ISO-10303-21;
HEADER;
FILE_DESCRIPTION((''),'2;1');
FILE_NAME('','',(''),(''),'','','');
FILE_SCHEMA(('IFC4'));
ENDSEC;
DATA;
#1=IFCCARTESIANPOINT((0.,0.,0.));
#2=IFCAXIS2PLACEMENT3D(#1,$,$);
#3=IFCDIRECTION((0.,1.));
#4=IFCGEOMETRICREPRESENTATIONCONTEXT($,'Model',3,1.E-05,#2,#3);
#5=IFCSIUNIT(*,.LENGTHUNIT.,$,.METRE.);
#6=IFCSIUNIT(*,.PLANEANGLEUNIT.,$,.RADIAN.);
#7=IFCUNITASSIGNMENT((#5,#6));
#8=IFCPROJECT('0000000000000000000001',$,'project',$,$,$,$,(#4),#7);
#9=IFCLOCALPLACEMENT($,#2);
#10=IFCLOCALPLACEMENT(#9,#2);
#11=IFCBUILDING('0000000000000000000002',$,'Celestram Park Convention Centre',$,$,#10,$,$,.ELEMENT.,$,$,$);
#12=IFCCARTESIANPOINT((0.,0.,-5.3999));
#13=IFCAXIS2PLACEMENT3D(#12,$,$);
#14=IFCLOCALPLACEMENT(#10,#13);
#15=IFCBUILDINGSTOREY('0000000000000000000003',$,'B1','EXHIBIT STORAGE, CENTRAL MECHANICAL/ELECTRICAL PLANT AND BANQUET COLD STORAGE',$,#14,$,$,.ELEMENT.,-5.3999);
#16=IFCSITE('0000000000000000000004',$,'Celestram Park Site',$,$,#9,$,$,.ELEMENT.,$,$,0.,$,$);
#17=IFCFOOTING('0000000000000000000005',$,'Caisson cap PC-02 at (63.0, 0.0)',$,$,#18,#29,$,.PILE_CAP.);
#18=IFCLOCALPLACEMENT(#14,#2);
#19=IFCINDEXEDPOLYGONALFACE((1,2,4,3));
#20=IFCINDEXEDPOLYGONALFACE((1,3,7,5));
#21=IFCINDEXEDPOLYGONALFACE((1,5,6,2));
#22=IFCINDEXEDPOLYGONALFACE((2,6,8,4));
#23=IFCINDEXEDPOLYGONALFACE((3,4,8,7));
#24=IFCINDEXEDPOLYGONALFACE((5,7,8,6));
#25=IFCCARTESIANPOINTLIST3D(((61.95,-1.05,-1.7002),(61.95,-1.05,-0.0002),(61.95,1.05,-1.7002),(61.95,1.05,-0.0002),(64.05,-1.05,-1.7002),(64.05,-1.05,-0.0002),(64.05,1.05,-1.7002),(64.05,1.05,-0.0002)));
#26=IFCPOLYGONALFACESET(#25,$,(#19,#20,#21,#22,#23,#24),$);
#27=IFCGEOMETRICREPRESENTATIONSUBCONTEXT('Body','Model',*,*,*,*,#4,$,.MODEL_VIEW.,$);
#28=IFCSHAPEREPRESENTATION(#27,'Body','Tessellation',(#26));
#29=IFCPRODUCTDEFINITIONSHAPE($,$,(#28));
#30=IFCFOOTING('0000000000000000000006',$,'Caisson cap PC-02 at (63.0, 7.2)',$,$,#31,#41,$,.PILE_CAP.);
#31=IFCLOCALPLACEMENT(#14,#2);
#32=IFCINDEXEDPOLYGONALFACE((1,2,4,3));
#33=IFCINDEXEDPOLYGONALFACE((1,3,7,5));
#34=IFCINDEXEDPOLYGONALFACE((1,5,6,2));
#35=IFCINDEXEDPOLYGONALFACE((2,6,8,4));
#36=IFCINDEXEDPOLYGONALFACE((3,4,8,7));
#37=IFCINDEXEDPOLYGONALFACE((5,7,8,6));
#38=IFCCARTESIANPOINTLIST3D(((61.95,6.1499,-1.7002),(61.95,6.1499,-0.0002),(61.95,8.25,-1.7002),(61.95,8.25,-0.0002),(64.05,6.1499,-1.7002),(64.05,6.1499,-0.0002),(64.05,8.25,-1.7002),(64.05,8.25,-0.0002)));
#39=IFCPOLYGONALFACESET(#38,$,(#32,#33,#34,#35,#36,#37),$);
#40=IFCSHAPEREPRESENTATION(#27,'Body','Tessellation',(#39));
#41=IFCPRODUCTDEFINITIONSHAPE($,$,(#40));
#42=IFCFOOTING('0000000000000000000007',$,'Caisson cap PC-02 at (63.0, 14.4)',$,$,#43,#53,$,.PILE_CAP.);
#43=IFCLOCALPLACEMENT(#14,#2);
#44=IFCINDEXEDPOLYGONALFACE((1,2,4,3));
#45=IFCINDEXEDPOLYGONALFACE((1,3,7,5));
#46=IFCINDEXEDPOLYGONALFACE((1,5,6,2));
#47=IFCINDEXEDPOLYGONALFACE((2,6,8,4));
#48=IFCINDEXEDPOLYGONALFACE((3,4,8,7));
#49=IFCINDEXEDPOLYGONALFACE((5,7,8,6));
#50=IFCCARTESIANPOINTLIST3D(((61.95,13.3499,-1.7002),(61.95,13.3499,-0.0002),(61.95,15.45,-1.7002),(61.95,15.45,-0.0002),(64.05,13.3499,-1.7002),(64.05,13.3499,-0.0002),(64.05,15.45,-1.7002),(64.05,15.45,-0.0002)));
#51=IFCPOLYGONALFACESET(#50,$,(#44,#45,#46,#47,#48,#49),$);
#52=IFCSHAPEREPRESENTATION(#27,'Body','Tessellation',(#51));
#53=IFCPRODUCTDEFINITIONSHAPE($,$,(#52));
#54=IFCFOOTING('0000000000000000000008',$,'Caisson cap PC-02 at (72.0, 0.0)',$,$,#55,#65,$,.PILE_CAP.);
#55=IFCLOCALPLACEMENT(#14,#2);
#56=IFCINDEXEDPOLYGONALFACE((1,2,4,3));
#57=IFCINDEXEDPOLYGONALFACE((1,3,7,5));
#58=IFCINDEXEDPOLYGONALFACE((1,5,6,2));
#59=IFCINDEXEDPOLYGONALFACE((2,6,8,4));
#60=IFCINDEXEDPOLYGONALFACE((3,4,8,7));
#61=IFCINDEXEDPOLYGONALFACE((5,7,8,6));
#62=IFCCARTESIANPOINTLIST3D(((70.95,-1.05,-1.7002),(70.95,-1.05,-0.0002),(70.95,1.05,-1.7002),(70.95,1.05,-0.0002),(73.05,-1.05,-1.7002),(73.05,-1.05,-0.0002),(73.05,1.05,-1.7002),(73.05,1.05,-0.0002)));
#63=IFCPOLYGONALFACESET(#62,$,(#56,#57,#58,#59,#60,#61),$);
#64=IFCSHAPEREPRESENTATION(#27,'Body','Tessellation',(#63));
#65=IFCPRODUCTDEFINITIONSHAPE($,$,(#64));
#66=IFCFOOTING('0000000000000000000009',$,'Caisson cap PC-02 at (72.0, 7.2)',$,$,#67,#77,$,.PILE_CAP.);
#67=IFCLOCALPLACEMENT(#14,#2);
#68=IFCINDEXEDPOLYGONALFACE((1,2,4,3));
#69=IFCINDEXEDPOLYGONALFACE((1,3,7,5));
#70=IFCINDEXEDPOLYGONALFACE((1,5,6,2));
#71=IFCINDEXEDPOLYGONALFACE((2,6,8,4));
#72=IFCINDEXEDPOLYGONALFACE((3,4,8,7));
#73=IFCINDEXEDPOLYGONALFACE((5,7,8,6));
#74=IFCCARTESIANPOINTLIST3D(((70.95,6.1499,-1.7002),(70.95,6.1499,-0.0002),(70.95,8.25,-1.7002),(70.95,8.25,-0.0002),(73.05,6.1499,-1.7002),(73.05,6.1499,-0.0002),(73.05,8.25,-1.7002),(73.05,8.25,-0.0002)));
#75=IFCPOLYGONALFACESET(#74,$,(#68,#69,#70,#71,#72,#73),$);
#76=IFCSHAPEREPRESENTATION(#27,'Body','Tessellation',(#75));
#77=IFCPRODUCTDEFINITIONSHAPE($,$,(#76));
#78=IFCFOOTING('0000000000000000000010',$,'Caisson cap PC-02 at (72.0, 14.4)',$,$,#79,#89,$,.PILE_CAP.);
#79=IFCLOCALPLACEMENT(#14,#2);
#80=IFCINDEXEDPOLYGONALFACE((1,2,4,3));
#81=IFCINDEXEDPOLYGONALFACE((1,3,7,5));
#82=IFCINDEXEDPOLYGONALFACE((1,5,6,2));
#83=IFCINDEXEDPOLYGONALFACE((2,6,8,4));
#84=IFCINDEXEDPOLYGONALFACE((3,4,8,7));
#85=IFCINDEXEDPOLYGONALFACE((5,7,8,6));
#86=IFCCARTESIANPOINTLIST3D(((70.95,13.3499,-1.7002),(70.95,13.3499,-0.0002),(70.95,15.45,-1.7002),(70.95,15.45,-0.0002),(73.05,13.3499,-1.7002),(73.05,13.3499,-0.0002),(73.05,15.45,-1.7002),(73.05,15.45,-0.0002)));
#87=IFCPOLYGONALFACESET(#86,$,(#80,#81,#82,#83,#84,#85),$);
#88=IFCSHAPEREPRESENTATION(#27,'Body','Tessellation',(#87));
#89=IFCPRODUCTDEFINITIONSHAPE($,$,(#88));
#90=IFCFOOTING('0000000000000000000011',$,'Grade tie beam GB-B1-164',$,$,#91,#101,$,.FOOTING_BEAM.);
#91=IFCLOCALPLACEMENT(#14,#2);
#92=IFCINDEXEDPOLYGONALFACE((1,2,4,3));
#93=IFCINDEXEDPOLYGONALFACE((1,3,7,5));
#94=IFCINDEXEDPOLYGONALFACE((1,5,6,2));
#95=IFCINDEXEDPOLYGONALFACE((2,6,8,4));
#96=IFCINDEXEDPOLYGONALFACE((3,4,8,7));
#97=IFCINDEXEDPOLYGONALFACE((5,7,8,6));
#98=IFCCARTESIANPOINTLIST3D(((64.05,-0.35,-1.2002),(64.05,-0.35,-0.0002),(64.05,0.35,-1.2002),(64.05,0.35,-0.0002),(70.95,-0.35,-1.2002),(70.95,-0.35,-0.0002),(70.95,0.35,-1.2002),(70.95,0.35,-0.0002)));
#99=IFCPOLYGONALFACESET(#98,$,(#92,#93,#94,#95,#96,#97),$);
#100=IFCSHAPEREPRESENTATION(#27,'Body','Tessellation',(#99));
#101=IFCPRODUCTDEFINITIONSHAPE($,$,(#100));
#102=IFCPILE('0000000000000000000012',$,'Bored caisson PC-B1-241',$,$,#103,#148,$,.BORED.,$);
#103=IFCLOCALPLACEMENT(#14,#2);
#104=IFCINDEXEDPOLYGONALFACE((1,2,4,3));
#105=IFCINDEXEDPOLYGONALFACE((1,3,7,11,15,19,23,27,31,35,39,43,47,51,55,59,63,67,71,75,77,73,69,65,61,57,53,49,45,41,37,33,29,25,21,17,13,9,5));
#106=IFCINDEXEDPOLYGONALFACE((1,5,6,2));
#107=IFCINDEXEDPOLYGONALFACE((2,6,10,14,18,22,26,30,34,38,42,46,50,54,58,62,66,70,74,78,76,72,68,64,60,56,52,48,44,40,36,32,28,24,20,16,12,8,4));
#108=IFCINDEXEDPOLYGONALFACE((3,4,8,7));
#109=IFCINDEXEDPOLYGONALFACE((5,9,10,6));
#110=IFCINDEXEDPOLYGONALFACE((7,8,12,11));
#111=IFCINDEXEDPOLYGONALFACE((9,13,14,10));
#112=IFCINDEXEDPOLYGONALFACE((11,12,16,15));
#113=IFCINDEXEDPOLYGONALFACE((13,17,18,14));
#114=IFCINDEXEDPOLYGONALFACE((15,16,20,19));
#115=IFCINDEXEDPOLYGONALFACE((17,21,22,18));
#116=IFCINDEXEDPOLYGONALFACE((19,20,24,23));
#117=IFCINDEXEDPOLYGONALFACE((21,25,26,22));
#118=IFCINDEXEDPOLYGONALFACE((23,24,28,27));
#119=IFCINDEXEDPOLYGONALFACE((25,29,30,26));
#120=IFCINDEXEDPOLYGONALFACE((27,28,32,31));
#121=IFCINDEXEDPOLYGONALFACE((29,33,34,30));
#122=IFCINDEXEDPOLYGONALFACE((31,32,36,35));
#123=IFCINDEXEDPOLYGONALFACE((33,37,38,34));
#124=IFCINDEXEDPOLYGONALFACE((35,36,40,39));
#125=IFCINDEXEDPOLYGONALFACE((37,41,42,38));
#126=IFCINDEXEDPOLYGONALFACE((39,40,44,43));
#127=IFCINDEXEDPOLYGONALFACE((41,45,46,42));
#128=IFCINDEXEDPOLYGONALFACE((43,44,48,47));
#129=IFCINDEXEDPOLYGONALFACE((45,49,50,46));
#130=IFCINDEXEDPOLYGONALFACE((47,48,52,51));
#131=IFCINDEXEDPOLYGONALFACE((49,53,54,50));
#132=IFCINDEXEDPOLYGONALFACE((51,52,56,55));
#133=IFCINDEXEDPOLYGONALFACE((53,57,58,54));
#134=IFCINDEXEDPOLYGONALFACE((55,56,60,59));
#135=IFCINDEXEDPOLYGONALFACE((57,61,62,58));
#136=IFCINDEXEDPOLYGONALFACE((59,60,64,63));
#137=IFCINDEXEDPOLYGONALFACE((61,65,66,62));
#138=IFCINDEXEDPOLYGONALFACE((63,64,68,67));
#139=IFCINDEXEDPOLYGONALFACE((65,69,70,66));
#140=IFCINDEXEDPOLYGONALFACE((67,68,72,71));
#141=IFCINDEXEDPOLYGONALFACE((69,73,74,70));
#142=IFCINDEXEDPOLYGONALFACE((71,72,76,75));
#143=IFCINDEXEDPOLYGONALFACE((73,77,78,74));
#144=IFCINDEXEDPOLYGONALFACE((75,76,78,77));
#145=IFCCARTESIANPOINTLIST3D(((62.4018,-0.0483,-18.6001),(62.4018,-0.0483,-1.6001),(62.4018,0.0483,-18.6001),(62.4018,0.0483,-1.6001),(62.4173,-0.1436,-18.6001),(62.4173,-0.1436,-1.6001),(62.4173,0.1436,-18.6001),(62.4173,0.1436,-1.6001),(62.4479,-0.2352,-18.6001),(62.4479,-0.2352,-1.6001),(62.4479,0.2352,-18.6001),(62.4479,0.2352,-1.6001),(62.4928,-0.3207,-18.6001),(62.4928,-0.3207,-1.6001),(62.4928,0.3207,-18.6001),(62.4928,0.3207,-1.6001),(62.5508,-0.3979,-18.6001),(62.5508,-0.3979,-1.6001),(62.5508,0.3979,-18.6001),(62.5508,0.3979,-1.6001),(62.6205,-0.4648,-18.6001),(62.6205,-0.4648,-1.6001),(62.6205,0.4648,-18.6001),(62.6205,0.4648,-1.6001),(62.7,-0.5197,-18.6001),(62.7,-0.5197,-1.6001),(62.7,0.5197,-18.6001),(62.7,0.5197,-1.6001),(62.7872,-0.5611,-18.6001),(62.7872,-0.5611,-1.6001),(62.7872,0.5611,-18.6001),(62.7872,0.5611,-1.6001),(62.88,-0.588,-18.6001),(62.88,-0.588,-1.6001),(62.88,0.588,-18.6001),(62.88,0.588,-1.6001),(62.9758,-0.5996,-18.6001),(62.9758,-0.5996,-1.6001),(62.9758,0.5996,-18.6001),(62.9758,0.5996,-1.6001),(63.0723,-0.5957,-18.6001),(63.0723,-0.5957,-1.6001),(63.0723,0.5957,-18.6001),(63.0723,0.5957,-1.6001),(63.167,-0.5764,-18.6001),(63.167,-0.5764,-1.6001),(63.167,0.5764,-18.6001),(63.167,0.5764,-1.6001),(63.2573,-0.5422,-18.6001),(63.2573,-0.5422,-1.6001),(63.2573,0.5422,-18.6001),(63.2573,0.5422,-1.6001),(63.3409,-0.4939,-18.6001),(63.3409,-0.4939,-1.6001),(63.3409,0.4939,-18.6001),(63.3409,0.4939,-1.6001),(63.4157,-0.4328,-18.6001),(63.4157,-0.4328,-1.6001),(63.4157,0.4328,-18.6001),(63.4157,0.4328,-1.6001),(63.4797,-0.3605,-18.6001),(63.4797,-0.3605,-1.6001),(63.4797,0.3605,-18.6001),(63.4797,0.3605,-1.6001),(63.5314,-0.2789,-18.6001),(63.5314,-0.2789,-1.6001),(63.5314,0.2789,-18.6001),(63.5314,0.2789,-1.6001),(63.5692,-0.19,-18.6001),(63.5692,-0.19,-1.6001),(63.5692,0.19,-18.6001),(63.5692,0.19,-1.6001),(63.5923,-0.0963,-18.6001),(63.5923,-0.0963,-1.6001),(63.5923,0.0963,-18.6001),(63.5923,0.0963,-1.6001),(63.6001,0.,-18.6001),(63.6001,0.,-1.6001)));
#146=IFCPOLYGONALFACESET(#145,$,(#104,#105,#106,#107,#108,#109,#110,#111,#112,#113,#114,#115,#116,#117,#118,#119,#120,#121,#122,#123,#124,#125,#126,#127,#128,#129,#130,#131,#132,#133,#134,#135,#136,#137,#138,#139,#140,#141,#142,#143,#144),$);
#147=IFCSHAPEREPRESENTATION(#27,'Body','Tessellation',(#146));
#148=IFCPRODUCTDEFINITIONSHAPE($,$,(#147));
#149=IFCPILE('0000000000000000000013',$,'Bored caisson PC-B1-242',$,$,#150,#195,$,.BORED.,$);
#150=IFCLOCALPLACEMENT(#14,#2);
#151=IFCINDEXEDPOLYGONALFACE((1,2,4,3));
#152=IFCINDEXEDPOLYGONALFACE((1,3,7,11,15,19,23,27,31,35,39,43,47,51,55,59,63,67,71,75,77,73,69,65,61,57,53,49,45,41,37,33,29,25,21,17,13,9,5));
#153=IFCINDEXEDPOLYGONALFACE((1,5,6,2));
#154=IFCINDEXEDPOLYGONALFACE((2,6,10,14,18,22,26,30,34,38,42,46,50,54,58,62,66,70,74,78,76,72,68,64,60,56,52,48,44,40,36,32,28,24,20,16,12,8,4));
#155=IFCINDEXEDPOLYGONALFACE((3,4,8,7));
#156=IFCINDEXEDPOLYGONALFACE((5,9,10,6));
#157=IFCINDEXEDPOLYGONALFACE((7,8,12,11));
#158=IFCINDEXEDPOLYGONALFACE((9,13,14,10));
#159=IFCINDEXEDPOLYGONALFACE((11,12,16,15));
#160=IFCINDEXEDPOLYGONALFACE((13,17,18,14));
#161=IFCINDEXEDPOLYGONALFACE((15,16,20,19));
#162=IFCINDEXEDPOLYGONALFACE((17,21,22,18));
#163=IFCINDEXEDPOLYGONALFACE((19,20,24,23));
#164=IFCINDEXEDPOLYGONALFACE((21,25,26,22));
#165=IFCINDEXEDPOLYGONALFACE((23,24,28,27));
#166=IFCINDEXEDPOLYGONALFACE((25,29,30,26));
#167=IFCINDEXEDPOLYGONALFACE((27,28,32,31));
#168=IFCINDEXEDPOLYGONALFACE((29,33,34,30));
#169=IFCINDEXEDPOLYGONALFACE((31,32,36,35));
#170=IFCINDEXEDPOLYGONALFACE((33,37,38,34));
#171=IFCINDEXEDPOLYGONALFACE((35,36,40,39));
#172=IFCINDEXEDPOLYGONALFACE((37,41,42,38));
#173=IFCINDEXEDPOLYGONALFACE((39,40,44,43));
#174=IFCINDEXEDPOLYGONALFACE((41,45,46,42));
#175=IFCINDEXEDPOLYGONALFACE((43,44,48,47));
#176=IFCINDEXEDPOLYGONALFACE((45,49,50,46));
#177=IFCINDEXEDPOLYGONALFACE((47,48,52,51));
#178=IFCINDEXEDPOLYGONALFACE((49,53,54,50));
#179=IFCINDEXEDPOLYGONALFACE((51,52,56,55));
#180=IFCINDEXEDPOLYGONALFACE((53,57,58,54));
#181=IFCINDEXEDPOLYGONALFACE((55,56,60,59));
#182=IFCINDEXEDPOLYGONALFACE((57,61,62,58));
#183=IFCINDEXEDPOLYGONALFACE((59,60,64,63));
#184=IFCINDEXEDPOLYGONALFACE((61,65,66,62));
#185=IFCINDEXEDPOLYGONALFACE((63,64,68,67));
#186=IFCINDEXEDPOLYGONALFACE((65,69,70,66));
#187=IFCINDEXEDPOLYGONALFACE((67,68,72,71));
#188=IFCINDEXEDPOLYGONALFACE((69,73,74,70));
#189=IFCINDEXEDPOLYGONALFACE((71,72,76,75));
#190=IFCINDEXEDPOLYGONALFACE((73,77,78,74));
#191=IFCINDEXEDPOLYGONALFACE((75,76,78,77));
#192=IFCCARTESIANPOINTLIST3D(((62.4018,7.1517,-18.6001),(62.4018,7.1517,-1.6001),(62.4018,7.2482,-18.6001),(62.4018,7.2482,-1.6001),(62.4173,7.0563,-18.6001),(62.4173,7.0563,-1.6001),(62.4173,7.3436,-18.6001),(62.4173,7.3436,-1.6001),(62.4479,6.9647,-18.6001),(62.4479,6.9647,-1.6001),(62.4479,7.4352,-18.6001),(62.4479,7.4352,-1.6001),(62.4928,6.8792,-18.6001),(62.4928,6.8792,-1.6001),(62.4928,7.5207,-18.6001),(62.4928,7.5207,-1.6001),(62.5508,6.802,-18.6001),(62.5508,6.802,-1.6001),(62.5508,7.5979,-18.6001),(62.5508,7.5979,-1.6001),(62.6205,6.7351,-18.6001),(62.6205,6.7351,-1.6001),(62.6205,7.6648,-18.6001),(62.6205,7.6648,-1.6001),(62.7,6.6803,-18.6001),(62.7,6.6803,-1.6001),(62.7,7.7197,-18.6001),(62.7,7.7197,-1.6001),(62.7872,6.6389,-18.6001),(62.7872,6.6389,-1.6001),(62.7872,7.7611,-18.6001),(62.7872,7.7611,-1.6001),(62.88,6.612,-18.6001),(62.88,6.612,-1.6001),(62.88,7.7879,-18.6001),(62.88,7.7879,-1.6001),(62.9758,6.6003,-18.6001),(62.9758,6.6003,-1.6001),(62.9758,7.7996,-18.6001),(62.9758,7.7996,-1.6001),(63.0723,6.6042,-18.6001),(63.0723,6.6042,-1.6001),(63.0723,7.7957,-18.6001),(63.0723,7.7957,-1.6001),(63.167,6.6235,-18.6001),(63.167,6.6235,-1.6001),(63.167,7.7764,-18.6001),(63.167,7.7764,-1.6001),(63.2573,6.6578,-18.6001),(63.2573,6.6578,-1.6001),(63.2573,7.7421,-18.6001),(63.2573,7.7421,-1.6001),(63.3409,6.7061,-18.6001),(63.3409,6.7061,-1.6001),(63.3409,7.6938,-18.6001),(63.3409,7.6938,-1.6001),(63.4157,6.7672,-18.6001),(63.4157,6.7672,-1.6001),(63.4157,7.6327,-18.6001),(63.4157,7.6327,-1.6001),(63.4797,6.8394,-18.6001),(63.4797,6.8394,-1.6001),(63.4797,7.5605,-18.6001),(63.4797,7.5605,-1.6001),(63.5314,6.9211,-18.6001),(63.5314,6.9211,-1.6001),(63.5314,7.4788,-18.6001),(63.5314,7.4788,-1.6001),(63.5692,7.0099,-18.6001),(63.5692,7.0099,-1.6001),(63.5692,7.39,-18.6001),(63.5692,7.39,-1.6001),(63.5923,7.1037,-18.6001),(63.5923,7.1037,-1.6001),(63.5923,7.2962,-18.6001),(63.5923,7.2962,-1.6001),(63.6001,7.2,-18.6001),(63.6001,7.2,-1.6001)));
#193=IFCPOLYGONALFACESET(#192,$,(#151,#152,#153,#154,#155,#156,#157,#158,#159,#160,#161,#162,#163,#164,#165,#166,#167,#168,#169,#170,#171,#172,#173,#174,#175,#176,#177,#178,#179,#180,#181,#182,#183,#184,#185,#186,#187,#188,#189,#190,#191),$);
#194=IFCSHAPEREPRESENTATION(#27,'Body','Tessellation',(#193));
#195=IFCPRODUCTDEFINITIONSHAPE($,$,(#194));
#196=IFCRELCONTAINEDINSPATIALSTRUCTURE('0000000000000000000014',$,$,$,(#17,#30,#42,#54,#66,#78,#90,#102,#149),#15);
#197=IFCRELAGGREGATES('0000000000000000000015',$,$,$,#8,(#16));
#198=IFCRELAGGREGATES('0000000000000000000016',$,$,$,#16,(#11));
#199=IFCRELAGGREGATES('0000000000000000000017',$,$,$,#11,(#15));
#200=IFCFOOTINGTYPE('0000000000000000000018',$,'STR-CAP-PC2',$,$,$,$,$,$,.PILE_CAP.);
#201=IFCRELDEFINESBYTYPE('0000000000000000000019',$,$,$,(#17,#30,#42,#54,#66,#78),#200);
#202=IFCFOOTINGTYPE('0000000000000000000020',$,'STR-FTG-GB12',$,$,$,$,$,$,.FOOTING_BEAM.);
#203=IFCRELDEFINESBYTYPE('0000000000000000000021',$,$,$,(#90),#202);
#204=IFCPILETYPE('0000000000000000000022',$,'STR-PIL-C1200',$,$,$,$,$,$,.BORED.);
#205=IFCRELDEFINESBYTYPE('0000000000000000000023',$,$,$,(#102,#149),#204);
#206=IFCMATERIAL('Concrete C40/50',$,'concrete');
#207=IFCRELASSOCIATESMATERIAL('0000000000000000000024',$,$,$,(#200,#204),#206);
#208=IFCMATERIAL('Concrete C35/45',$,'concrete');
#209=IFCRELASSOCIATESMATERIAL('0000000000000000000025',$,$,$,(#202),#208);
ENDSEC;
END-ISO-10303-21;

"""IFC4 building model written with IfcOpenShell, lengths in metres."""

from ifc_helpers import new_model, si_unit, direction, frame, origin, origin_2d, place, context, subcontext, project, spatial, rectangle, circle, extrude, material, material_profile, profile_set, type_object, element, save


model = new_model("IFC4")

# Units and contexts
model_context = context("Model", 3, precision=1e-05, world=origin(), true_north=direction((0.0, 1.0)))
body_context = subcontext(model_context, "Body", "Model", "MODEL_VIEW")
ifc_project = project(units=[si_unit("LENGTHUNIT", "METRE"), si_unit("PLANEANGLEUNIT", "RADIAN")], contexts=[model_context])

# Site, building, storey
site_placement = place(None, origin())
site = spatial("IfcSite", under=ifc_project, at=site_placement, Name="Celestram Park Site", CompositionType="ELEMENT", RefElevation=0.0)
building_placement = place(site_placement, origin())
building = spatial("IfcBuilding", under=site, at=building_placement, Name="Celestram Park Convention Centre", CompositionType="ELEMENT")
storey_placement = place(building_placement, frame((0.0, 0.0, -5.3999)))
storey = spatial("IfcBuildingStorey", under=building, at=storey_placement, Name="B1", Description="EXHIBIT STORAGE, CENTRAL MECHANICAL/ELECTRICAL PLANT AND BANQUET COLD STORAGE", CompositionType="ELEMENT", Elevation=-5.3999)

# Footings
ifc_material_1 = material(Name="Concrete C40/50", Category="concrete")
footing_type_1 = type_object("IfcFootingType", Name="STR-CAP-PC2", PredefinedType="PILE_CAP", material=ifc_material_1)
for number, where, z_axis, x_axis, name in (
    (1, (63.0, 0.0, -1.7002), (0.0, 0.0, 1.0), (1.0, 0.0, 0.0), "Caisson cap PC-02 at (63.0, 0.0)"),
    (2, (63.0, 7.2, -1.7002), (0.0, 0.0, 1.0), (1.0, 0.0, 0.0), "Caisson cap PC-02 at (63.0, 7.2)"),
    (3, (63.0, 14.3999, -1.7002), (0.0, 0.0, 1.0), (1.0, 0.0, 0.0), "Caisson cap PC-02 at (63.0, 14.4)"),
    (4, (72.0, 0.0, -1.7002), (0.0, 0.0, 1.0), (1.0, 0.0, 0.0), "Caisson cap PC-02 at (72.0, 0.0)"),
    (5, (72.0, 7.2, -1.7002), (0.0, 0.0, 1.0), (1.0, 0.0, 0.0), "Caisson cap PC-02 at (72.0, 7.2)"),
    (6, (72.0, 14.3999, -1.7002), (0.0, 0.0, 1.0), (1.0, 0.0, 0.0), "Caisson cap PC-02 at (72.0, 14.4)"),
):
    element("IfcFooting", number, at=place(storey_placement, frame(where, z_axis=z_axis, x_axis=x_axis)), inside=storey, type_object=footing_type_1, Name=name, PredefinedType="PILE_CAP", context=body_context, shape_type="SweptSolid", body=[
        extrude(rectangle(XDim=2.1001, YDim=2.1001, at=origin_2d()), origin(), (0.0, 0.0, 1.0), 1.7),
    ])
ifc_material_2 = material(Name="Concrete C35/45", Category="concrete")
footing_type_2 = type_object("IfcFootingType", Name="STR-FTG-GB12", PredefinedType="FOOTING_BEAM", material=ifc_material_2)
footing_placement = place(storey_placement, frame((67.5, 0.0, -1.2002), z_axis=(0.0, 0.0, 1.0), x_axis=(1.0, 0.0, 0.0)))
element("IfcFooting", 7, at=footing_placement, inside=storey, type_object=footing_type_2, Name="Grade tie beam GB-B1-164", PredefinedType="FOOTING_BEAM", context=body_context, shape_type="SweptSolid", body=[
    extrude(rectangle(XDim=6.8999, YDim=0.7, at=origin_2d()), origin(), (0.0, 0.0, 1.0), 1.2),
])

# Piles
ifc_material_profile_1 = material_profile(ifc_material_1, circle(Radius=0.6001, at=origin_2d()), Name="CAISSON1200")
ifc_profile_set_1 = profile_set([ifc_material_profile_1], Name="Concrete C40/50")
pile_type_1 = type_object("IfcPileType", Name="STR-PIL-C1200", PredefinedType="BORED", material=ifc_profile_set_1)
for number, where, z_axis, x_axis, name in (
    (8, (63.0, 0.0, -1.6001), (0.0, 0.0, -1.0), (1.0, 0.0, 0.0), "Bored caisson PC-B1-241"),
    (9, (63.0, 7.2, -1.6001), (0.0, 0.0, -1.0), (1.0, 0.0, 0.0), "Bored caisson PC-B1-242"),
):
    element("IfcPile", number, at=place(storey_placement, frame(where, z_axis=z_axis, x_axis=x_axis)), inside=storey, type_object=pile_type_1, Name=name, PredefinedType="BORED", context=body_context, shape_type="SweptSolid", body=[
        extrude(circle(Radius=0.6001, at=origin_2d()), origin(), (0.0, 0.0, 1.0), 17.0),
    ])

save(model, "model.ifc")
